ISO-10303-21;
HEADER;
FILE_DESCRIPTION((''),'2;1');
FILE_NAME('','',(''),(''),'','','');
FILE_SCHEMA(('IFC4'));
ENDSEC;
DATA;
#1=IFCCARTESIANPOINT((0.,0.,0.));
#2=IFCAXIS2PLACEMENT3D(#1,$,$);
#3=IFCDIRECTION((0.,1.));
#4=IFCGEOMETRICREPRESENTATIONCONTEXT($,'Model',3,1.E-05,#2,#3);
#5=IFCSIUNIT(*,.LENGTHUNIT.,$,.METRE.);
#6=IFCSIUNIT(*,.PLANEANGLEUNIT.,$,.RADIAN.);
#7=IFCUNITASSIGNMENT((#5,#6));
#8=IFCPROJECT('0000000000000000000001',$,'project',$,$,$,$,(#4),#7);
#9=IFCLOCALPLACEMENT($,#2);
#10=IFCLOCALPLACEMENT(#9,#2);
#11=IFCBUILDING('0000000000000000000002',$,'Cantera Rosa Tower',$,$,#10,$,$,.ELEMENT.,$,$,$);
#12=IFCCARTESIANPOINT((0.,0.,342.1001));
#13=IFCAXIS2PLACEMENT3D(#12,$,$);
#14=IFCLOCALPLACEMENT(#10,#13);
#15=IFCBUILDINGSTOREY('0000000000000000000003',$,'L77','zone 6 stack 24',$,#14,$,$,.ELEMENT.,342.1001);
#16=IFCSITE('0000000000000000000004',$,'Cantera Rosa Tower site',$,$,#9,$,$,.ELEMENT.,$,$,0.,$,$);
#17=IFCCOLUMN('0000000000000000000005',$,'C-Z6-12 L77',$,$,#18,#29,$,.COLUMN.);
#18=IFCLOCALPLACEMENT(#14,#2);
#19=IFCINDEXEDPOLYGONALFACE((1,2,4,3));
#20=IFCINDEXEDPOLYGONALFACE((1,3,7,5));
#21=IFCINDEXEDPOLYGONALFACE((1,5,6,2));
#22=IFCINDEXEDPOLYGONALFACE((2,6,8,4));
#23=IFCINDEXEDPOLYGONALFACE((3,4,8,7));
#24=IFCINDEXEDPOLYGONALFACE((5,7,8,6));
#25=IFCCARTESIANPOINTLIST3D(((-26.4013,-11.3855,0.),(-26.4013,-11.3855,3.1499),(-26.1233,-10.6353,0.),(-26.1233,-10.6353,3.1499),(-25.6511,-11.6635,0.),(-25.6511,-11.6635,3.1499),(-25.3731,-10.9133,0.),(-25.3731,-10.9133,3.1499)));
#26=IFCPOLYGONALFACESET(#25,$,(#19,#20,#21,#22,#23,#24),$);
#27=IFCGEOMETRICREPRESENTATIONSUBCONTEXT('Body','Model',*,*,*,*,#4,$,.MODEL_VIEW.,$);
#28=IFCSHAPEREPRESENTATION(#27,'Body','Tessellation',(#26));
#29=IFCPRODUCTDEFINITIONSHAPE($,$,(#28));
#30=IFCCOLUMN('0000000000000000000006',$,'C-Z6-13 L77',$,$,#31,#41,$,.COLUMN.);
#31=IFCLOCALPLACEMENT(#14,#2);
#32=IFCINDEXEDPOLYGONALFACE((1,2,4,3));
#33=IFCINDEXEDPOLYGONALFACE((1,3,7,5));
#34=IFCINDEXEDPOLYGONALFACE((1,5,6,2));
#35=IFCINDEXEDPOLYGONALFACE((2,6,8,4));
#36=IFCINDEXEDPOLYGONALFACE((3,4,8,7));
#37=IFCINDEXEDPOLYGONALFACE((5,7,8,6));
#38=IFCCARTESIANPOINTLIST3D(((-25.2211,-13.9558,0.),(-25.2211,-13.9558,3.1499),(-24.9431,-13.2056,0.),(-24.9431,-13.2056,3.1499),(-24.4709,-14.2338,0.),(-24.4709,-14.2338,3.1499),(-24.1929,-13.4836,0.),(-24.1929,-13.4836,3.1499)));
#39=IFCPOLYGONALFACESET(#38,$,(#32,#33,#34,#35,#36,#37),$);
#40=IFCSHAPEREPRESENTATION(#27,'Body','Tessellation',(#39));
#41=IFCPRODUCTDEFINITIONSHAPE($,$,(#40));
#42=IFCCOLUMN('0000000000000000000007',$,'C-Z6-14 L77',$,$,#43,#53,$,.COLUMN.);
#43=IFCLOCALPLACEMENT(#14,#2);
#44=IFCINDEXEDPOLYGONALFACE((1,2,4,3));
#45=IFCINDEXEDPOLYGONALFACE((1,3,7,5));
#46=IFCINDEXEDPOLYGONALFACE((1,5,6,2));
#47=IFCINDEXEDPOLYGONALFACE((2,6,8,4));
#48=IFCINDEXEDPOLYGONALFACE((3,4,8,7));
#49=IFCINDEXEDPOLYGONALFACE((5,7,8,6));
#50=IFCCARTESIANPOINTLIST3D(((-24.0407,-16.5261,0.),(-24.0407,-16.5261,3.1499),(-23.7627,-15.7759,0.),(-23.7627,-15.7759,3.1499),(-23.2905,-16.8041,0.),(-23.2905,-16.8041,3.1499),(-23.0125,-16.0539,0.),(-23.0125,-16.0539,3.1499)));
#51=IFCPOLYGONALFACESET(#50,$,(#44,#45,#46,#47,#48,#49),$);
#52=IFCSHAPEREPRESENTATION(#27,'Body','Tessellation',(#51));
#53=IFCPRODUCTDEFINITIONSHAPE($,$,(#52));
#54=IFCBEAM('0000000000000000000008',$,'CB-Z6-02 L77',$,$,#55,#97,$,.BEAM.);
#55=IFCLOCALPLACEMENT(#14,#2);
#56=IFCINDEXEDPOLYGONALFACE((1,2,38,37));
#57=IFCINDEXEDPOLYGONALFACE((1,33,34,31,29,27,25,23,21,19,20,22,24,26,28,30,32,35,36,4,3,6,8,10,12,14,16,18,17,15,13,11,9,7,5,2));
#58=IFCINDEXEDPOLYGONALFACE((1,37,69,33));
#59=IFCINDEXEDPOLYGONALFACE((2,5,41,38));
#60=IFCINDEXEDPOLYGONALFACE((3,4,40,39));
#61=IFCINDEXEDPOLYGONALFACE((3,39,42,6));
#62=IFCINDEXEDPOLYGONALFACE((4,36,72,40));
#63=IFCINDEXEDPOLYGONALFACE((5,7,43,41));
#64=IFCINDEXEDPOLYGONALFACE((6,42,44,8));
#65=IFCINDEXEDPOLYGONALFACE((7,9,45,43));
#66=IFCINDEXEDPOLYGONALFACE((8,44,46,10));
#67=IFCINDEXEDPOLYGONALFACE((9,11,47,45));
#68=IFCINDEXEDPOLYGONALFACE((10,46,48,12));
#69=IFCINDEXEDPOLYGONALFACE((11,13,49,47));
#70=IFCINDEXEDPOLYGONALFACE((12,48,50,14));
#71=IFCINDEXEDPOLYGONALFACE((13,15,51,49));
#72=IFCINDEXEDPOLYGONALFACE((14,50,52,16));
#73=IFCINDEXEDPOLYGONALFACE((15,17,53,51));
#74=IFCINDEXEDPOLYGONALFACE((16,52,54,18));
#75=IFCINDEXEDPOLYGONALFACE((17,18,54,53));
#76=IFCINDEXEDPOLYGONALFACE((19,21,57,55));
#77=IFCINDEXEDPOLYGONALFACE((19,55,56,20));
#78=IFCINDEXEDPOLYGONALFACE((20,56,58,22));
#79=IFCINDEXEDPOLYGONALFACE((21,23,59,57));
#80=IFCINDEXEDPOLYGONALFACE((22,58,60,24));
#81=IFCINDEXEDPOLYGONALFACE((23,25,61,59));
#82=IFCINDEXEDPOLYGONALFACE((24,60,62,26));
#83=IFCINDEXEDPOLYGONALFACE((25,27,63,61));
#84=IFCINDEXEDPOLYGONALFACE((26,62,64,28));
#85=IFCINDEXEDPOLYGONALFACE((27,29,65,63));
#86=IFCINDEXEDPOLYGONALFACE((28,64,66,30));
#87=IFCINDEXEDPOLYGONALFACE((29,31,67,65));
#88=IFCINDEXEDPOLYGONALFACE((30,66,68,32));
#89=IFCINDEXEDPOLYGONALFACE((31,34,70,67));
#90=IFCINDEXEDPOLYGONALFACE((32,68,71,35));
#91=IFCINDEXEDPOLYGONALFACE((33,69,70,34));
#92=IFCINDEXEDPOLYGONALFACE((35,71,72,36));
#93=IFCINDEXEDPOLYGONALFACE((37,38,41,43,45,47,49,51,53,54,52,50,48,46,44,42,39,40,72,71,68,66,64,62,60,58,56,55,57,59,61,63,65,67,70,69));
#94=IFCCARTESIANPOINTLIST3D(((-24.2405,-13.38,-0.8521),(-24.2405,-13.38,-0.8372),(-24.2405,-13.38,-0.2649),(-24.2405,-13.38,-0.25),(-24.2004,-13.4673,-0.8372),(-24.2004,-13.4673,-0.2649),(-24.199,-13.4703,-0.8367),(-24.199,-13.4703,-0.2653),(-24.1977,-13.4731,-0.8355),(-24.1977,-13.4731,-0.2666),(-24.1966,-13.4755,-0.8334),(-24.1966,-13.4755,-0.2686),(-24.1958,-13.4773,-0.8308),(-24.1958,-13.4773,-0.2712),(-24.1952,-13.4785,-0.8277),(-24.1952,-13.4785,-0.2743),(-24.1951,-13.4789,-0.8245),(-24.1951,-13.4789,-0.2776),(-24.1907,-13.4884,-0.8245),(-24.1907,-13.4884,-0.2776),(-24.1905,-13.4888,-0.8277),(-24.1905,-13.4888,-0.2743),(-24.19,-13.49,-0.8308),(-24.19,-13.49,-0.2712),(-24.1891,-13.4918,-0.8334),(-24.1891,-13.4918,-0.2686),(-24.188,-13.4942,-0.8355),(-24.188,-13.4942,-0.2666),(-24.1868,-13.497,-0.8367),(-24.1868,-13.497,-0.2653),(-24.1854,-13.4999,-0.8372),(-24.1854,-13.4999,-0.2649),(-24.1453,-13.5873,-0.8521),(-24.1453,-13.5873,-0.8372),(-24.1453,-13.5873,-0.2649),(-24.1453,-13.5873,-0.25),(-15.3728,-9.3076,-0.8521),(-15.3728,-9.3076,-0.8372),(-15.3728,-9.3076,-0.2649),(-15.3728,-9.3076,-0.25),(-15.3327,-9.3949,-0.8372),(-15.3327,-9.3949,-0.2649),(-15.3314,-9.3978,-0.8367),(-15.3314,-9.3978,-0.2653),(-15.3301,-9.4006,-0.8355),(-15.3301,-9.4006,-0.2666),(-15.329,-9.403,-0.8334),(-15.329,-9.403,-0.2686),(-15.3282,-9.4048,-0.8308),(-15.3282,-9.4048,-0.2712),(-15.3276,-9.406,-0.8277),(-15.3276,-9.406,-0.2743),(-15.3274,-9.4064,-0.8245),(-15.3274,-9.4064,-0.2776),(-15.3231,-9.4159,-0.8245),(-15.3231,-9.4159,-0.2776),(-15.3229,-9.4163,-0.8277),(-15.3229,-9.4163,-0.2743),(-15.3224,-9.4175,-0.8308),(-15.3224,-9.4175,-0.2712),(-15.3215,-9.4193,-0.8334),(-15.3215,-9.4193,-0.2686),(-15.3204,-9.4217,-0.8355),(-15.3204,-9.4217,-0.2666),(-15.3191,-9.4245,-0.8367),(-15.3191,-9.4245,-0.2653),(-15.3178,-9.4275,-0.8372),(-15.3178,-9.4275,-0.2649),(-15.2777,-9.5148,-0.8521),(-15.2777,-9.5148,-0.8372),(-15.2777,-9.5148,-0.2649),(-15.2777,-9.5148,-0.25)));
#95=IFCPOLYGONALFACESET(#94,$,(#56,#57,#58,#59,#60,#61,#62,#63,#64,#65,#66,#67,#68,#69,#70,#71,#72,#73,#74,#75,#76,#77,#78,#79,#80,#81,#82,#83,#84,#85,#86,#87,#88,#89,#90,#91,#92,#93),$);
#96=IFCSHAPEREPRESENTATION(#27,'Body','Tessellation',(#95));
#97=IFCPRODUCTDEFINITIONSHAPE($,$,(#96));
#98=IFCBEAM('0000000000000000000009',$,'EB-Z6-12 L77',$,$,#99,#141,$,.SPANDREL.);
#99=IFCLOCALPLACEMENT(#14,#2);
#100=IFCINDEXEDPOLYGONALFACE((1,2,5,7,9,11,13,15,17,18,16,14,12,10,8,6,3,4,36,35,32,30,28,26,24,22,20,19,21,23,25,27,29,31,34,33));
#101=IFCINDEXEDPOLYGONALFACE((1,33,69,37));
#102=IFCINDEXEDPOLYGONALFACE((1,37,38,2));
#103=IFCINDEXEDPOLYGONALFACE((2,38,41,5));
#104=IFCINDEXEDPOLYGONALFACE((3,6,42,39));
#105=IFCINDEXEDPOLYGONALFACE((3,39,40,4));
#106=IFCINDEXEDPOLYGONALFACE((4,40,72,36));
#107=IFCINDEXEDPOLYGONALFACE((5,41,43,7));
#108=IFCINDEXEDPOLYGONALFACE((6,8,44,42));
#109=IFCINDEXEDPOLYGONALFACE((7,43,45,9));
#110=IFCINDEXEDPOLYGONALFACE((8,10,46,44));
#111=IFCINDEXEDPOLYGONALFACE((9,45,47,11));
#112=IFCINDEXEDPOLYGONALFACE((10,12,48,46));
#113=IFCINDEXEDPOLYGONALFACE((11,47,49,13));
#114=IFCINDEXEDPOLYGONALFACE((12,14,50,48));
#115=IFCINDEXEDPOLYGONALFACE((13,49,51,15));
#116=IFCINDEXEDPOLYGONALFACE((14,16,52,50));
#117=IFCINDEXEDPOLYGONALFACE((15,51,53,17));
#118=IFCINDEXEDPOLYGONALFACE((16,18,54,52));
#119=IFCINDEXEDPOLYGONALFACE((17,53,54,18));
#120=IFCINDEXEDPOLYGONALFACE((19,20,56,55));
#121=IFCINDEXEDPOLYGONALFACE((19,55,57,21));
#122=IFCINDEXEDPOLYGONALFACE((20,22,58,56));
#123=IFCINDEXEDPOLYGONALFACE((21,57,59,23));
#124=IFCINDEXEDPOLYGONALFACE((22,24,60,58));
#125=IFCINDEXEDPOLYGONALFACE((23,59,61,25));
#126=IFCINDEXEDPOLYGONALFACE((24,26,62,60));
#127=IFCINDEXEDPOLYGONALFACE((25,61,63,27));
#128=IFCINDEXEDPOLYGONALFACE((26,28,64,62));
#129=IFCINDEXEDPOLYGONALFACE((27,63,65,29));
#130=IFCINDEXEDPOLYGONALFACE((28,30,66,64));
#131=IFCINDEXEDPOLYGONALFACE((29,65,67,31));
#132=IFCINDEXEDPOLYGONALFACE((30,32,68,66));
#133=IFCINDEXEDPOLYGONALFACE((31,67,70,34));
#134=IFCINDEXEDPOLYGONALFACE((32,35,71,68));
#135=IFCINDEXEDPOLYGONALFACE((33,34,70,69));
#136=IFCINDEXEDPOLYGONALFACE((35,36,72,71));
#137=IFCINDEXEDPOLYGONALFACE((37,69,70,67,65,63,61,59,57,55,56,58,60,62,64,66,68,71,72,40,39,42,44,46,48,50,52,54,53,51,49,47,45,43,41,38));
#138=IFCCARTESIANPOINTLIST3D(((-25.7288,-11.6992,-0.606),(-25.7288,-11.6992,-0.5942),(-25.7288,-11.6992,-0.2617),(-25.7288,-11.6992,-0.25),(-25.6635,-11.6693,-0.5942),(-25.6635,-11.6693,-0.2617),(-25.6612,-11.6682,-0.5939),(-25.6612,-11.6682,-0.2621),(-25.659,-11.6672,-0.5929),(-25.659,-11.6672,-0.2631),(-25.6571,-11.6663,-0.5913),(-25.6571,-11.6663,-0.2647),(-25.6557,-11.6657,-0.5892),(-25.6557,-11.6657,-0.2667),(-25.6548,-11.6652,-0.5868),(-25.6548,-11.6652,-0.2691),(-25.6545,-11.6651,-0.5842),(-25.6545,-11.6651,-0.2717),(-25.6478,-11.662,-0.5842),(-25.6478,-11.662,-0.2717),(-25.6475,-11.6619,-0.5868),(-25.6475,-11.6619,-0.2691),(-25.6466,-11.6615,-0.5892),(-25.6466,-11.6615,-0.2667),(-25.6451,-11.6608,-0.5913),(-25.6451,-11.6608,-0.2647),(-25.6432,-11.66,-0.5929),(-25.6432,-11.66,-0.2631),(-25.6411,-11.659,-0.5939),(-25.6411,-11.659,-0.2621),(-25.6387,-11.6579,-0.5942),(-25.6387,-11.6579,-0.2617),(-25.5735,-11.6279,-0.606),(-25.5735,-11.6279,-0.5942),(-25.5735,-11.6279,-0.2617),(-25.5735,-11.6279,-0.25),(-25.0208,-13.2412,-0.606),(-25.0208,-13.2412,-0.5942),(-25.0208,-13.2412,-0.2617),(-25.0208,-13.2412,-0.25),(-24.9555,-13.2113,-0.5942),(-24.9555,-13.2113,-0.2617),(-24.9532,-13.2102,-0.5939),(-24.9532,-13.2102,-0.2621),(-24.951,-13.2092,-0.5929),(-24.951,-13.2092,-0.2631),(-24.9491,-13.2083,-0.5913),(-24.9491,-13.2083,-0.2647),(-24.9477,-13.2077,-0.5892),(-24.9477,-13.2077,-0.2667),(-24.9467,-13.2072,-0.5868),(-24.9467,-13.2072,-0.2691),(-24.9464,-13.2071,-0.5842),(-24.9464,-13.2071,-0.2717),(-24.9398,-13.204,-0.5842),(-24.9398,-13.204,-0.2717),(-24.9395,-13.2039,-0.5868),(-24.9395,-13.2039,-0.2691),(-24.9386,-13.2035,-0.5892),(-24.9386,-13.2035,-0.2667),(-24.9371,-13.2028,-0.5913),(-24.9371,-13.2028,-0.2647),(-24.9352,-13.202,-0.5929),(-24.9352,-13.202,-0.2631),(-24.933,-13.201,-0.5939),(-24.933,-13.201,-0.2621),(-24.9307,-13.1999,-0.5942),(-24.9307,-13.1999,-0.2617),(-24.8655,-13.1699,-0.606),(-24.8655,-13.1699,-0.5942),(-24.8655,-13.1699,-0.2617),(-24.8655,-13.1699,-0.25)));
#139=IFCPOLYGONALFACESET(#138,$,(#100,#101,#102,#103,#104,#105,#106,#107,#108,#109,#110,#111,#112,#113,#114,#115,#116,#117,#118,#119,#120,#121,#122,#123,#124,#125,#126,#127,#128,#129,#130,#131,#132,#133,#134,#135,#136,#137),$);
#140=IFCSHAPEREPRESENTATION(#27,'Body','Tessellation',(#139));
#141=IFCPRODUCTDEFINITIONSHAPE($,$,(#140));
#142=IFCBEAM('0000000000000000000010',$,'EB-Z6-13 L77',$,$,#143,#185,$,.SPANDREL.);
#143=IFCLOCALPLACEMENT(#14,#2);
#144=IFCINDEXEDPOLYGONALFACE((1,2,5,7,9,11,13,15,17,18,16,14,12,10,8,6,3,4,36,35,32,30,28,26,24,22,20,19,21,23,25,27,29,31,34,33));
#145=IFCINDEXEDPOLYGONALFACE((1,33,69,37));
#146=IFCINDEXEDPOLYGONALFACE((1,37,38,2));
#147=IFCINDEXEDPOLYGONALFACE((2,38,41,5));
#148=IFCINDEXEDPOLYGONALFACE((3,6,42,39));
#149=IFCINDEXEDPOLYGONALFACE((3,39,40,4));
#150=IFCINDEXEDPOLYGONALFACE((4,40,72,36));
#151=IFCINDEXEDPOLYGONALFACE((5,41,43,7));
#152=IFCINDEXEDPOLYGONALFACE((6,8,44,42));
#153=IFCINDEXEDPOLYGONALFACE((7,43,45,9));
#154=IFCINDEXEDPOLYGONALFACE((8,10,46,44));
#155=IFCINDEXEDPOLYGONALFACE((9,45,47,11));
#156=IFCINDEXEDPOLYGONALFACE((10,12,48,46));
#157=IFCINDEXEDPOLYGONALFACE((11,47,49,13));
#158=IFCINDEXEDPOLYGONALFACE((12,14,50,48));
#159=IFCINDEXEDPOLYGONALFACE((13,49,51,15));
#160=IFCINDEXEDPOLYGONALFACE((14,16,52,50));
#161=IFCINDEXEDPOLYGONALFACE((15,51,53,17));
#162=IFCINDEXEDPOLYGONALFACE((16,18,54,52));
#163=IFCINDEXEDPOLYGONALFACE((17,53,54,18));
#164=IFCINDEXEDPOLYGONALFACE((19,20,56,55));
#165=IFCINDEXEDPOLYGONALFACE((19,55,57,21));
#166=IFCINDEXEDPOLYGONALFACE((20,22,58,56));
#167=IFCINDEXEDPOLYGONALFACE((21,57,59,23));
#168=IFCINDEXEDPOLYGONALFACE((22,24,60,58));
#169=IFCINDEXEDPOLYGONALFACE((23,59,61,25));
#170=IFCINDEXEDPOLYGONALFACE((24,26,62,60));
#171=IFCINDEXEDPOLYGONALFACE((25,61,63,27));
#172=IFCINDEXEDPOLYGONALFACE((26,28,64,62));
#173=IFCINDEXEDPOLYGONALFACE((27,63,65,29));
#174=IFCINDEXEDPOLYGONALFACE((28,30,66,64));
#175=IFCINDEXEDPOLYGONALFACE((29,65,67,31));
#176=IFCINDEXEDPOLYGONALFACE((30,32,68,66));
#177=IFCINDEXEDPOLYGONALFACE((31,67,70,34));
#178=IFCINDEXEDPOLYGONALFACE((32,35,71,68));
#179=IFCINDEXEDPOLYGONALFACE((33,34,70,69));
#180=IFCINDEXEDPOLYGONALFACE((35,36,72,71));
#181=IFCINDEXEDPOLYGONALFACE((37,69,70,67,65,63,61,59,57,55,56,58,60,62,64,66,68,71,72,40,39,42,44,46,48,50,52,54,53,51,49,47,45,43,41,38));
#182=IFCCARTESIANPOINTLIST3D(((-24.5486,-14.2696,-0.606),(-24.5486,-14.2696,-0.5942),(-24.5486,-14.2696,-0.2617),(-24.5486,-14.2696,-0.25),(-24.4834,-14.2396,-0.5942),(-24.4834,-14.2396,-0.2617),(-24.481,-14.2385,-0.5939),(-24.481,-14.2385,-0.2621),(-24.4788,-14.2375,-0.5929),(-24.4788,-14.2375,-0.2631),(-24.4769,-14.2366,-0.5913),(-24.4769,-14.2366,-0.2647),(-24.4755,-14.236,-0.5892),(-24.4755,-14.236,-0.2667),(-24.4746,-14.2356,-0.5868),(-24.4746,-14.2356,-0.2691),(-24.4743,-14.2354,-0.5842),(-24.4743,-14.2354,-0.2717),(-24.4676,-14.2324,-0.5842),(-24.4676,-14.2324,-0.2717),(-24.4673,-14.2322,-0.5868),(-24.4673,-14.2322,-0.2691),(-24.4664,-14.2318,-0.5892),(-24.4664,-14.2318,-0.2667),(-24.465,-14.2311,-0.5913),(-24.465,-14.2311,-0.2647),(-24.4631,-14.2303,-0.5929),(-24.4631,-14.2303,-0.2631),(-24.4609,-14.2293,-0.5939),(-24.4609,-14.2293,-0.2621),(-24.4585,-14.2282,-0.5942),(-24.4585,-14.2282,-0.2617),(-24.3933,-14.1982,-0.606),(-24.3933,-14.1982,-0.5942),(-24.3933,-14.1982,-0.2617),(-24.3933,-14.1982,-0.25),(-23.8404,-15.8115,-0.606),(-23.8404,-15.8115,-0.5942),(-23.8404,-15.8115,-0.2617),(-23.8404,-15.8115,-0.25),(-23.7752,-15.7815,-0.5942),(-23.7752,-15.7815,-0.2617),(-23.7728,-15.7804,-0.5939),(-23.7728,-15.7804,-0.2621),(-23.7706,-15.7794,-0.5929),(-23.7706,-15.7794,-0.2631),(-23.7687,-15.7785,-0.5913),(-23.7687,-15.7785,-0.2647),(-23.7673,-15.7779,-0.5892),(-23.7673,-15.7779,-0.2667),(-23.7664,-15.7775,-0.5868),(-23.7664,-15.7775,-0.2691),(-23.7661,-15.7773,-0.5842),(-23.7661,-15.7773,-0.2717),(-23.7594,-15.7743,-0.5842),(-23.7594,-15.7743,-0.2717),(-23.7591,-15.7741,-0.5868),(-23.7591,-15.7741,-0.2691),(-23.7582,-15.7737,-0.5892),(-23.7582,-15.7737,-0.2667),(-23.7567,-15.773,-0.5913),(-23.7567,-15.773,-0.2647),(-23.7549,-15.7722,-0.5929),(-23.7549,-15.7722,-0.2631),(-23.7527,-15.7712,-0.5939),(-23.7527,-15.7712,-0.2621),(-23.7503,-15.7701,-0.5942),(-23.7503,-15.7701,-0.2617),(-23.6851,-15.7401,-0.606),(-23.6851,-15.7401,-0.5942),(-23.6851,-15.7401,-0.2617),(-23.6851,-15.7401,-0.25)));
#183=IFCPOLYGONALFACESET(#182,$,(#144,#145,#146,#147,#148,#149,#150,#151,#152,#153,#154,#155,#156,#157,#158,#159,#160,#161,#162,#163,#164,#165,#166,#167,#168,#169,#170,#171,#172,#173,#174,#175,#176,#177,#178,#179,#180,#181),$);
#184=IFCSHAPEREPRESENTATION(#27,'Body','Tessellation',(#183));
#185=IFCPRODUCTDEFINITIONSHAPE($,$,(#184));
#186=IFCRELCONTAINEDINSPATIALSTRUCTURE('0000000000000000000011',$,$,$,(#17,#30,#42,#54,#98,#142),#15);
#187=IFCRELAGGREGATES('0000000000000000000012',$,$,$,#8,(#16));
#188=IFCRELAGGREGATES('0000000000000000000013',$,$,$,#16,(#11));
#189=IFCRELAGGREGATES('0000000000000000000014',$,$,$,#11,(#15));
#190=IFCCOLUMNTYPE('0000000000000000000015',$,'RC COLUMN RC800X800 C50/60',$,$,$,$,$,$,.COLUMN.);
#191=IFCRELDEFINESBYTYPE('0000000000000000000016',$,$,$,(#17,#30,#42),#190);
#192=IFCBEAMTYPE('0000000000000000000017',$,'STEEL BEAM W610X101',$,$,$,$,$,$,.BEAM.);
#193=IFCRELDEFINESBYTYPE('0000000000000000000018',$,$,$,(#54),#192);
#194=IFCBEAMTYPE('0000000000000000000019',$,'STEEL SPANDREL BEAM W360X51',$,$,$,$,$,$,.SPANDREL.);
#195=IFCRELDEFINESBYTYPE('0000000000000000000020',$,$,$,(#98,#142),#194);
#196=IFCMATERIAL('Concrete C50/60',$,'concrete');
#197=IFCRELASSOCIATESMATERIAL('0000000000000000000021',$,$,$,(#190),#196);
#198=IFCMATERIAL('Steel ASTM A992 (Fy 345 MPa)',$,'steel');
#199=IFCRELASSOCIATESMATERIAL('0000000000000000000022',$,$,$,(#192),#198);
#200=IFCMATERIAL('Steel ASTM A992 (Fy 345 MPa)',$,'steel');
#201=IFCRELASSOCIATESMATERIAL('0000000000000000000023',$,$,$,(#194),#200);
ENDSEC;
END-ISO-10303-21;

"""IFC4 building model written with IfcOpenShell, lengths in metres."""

from ifc_helpers import new_model, si_unit, direction, frame, origin, origin_2d, place, context, subcontext, project, spatial, rectangle, i_section, extrude, material, material_profile, profile_set, type_object, element, save


model = new_model("IFC4")

# Units and contexts
model_context = context("Model", 3, precision=1e-05, world=origin(), true_north=direction((0.0, 1.0)))
body_context = subcontext(model_context, "Body", "Model", "MODEL_VIEW")
ifc_project = project(units=[si_unit("LENGTHUNIT", "METRE"), si_unit("PLANEANGLEUNIT", "RADIAN")], contexts=[model_context])

# Site, building, storey
site_placement = place(None, origin())
site = spatial("IfcSite", under=ifc_project, at=site_placement, Name="Cantera Rosa Tower site", CompositionType="ELEMENT", RefElevation=0.0)
building_placement = place(site_placement, origin())
building = spatial("IfcBuilding", under=site, at=building_placement, Name="Cantera Rosa Tower", CompositionType="ELEMENT")
storey_placement = place(building_placement, frame((0.0, 0.0, 342.1001)))
storey = spatial("IfcBuildingStorey", under=building, at=storey_placement, Name="L77", Description="zone 6 stack 24", CompositionType="ELEMENT", Elevation=342.1001)

# Columns
ifc_material_1 = material(Name="Concrete C50/60", Category="concrete")
ifc_material_profile_1 = material_profile(ifc_material_1, rectangle(XDim=0.8, YDim=0.8, at=origin_2d()), Name="RC COLUMN RC800X800 C50/60")
ifc_profile_set_1 = profile_set([ifc_material_profile_1], Name="Concrete C50/60")
column_type = type_object("IfcColumnType", Name="RC COLUMN RC800X800 C50/60", PredefinedType="COLUMN", material=ifc_profile_set_1)
for number, where, z_axis, x_axis, name in (
    (1, (-25.8872, -11.1494, 0.0), (0.0, 0.0, 1.0), (0.347481, 0.937687, 0.0), "C-Z6-12 L77"),
    (2, (-24.707, -13.7197, 0.0), (0.0, 0.0, 1.0), (0.347481, 0.937687, 0.0), "C-Z6-13 L77"),
    (3, (-23.5266, -16.29, 0.0), (0.0, 0.0, 1.0), (0.347481, 0.937687, 0.0), "C-Z6-14 L77"),
):
    element("IfcColumn", number, at=place(storey_placement, frame(where, z_axis=z_axis, x_axis=x_axis)), inside=storey, type_object=column_type, Name=name, PredefinedType="COLUMN", context=body_context, shape_type="SweptSolid", body=[
        extrude(rectangle(XDim=0.8, YDim=0.8, at=origin_2d()), origin(), (0.0, 0.0, 1.0), 3.1499),
    ])

# Beams
ifc_material_2 = material(Name="Steel ASTM A992 (Fy 345 MPa)", Category="steel")
ifc_material_profile_2 = material_profile(ifc_material_2, i_section(OverallWidth=0.228, OverallDepth=0.6021, WebThickness=0.0105, FlangeThickness=0.0149, FilletRadius=0.0127, at=origin_2d()), Name="W610X101")
ifc_profile_set_2 = profile_set([ifc_material_profile_2], Name="Steel ASTM A992 (Fy 345 MPa)")
beam_type_1 = type_object("IfcBeamType", Name="STEEL BEAM W610X101", PredefinedType="BEAM", material=ifc_profile_set_2)
beam_1_placement = place(storey_placement, frame((-24.1929, -13.4836, -0.551), z_axis=(0.908748, 0.417346, 0.0), x_axis=(-0.417346, 0.908748, 0.0)))
element("IfcBeam", 4, at=beam_1_placement, inside=storey, type_object=beam_type_1, Name="CB-Z6-02 L77", PredefinedType="BEAM", context=body_context, shape_type="SweptSolid", body=[
    extrude(i_section(OverallWidth=0.228, OverallDepth=0.6021, WebThickness=0.0105, FlangeThickness=0.0149, FilletRadius=0.0127, at=origin_2d()), origin(), (0.0, 0.0, 1.0), 9.7581),
])
ifc_material_3 = material(Name="Steel ASTM A992 (Fy 345 MPa)", Category="steel")
ifc_material_profile_3 = material_profile(ifc_material_3, i_section(OverallWidth=0.1709, OverallDepth=0.356, WebThickness=0.0073, FlangeThickness=0.0117, FilletRadius=0.01, at=origin_2d()), Name="W360X51")
ifc_profile_set_3 = profile_set([ifc_material_profile_3], Name="Steel ASTM A992 (Fy 345 MPa)")
beam_type_2 = type_object("IfcBeamType", Name="STEEL SPANDREL BEAM W360X51", PredefinedType="SPANDREL", material=ifc_profile_set_3)
for number, where, z_axis, x_axis, name in (
    (5, (-25.6511, -11.6636, -0.428), (0.417269, -0.908783, 0.0), (0.908783, 0.417269, 0.0), "EB-Z6-12 L77"),
    (6, (-24.4709, -14.2339, -0.428), (0.417388, -0.908728, 0.0), (0.908728, 0.417388, 0.0), "EB-Z6-13 L77"),
):
    element("IfcBeam", number, at=place(storey_placement, frame(where, z_axis=z_axis, x_axis=x_axis)), inside=storey, type_object=beam_type_2, Name=name, PredefinedType="SPANDREL", context=body_context, shape_type="SweptSolid", body=[
        extrude(i_section(OverallWidth=0.1709, OverallDepth=0.356, WebThickness=0.0073, FlangeThickness=0.0117, FilletRadius=0.01, at=origin_2d()), origin(), (0.0, 0.0, 1.0), 1.6968),
    ])

save(model, "model.ifc")
